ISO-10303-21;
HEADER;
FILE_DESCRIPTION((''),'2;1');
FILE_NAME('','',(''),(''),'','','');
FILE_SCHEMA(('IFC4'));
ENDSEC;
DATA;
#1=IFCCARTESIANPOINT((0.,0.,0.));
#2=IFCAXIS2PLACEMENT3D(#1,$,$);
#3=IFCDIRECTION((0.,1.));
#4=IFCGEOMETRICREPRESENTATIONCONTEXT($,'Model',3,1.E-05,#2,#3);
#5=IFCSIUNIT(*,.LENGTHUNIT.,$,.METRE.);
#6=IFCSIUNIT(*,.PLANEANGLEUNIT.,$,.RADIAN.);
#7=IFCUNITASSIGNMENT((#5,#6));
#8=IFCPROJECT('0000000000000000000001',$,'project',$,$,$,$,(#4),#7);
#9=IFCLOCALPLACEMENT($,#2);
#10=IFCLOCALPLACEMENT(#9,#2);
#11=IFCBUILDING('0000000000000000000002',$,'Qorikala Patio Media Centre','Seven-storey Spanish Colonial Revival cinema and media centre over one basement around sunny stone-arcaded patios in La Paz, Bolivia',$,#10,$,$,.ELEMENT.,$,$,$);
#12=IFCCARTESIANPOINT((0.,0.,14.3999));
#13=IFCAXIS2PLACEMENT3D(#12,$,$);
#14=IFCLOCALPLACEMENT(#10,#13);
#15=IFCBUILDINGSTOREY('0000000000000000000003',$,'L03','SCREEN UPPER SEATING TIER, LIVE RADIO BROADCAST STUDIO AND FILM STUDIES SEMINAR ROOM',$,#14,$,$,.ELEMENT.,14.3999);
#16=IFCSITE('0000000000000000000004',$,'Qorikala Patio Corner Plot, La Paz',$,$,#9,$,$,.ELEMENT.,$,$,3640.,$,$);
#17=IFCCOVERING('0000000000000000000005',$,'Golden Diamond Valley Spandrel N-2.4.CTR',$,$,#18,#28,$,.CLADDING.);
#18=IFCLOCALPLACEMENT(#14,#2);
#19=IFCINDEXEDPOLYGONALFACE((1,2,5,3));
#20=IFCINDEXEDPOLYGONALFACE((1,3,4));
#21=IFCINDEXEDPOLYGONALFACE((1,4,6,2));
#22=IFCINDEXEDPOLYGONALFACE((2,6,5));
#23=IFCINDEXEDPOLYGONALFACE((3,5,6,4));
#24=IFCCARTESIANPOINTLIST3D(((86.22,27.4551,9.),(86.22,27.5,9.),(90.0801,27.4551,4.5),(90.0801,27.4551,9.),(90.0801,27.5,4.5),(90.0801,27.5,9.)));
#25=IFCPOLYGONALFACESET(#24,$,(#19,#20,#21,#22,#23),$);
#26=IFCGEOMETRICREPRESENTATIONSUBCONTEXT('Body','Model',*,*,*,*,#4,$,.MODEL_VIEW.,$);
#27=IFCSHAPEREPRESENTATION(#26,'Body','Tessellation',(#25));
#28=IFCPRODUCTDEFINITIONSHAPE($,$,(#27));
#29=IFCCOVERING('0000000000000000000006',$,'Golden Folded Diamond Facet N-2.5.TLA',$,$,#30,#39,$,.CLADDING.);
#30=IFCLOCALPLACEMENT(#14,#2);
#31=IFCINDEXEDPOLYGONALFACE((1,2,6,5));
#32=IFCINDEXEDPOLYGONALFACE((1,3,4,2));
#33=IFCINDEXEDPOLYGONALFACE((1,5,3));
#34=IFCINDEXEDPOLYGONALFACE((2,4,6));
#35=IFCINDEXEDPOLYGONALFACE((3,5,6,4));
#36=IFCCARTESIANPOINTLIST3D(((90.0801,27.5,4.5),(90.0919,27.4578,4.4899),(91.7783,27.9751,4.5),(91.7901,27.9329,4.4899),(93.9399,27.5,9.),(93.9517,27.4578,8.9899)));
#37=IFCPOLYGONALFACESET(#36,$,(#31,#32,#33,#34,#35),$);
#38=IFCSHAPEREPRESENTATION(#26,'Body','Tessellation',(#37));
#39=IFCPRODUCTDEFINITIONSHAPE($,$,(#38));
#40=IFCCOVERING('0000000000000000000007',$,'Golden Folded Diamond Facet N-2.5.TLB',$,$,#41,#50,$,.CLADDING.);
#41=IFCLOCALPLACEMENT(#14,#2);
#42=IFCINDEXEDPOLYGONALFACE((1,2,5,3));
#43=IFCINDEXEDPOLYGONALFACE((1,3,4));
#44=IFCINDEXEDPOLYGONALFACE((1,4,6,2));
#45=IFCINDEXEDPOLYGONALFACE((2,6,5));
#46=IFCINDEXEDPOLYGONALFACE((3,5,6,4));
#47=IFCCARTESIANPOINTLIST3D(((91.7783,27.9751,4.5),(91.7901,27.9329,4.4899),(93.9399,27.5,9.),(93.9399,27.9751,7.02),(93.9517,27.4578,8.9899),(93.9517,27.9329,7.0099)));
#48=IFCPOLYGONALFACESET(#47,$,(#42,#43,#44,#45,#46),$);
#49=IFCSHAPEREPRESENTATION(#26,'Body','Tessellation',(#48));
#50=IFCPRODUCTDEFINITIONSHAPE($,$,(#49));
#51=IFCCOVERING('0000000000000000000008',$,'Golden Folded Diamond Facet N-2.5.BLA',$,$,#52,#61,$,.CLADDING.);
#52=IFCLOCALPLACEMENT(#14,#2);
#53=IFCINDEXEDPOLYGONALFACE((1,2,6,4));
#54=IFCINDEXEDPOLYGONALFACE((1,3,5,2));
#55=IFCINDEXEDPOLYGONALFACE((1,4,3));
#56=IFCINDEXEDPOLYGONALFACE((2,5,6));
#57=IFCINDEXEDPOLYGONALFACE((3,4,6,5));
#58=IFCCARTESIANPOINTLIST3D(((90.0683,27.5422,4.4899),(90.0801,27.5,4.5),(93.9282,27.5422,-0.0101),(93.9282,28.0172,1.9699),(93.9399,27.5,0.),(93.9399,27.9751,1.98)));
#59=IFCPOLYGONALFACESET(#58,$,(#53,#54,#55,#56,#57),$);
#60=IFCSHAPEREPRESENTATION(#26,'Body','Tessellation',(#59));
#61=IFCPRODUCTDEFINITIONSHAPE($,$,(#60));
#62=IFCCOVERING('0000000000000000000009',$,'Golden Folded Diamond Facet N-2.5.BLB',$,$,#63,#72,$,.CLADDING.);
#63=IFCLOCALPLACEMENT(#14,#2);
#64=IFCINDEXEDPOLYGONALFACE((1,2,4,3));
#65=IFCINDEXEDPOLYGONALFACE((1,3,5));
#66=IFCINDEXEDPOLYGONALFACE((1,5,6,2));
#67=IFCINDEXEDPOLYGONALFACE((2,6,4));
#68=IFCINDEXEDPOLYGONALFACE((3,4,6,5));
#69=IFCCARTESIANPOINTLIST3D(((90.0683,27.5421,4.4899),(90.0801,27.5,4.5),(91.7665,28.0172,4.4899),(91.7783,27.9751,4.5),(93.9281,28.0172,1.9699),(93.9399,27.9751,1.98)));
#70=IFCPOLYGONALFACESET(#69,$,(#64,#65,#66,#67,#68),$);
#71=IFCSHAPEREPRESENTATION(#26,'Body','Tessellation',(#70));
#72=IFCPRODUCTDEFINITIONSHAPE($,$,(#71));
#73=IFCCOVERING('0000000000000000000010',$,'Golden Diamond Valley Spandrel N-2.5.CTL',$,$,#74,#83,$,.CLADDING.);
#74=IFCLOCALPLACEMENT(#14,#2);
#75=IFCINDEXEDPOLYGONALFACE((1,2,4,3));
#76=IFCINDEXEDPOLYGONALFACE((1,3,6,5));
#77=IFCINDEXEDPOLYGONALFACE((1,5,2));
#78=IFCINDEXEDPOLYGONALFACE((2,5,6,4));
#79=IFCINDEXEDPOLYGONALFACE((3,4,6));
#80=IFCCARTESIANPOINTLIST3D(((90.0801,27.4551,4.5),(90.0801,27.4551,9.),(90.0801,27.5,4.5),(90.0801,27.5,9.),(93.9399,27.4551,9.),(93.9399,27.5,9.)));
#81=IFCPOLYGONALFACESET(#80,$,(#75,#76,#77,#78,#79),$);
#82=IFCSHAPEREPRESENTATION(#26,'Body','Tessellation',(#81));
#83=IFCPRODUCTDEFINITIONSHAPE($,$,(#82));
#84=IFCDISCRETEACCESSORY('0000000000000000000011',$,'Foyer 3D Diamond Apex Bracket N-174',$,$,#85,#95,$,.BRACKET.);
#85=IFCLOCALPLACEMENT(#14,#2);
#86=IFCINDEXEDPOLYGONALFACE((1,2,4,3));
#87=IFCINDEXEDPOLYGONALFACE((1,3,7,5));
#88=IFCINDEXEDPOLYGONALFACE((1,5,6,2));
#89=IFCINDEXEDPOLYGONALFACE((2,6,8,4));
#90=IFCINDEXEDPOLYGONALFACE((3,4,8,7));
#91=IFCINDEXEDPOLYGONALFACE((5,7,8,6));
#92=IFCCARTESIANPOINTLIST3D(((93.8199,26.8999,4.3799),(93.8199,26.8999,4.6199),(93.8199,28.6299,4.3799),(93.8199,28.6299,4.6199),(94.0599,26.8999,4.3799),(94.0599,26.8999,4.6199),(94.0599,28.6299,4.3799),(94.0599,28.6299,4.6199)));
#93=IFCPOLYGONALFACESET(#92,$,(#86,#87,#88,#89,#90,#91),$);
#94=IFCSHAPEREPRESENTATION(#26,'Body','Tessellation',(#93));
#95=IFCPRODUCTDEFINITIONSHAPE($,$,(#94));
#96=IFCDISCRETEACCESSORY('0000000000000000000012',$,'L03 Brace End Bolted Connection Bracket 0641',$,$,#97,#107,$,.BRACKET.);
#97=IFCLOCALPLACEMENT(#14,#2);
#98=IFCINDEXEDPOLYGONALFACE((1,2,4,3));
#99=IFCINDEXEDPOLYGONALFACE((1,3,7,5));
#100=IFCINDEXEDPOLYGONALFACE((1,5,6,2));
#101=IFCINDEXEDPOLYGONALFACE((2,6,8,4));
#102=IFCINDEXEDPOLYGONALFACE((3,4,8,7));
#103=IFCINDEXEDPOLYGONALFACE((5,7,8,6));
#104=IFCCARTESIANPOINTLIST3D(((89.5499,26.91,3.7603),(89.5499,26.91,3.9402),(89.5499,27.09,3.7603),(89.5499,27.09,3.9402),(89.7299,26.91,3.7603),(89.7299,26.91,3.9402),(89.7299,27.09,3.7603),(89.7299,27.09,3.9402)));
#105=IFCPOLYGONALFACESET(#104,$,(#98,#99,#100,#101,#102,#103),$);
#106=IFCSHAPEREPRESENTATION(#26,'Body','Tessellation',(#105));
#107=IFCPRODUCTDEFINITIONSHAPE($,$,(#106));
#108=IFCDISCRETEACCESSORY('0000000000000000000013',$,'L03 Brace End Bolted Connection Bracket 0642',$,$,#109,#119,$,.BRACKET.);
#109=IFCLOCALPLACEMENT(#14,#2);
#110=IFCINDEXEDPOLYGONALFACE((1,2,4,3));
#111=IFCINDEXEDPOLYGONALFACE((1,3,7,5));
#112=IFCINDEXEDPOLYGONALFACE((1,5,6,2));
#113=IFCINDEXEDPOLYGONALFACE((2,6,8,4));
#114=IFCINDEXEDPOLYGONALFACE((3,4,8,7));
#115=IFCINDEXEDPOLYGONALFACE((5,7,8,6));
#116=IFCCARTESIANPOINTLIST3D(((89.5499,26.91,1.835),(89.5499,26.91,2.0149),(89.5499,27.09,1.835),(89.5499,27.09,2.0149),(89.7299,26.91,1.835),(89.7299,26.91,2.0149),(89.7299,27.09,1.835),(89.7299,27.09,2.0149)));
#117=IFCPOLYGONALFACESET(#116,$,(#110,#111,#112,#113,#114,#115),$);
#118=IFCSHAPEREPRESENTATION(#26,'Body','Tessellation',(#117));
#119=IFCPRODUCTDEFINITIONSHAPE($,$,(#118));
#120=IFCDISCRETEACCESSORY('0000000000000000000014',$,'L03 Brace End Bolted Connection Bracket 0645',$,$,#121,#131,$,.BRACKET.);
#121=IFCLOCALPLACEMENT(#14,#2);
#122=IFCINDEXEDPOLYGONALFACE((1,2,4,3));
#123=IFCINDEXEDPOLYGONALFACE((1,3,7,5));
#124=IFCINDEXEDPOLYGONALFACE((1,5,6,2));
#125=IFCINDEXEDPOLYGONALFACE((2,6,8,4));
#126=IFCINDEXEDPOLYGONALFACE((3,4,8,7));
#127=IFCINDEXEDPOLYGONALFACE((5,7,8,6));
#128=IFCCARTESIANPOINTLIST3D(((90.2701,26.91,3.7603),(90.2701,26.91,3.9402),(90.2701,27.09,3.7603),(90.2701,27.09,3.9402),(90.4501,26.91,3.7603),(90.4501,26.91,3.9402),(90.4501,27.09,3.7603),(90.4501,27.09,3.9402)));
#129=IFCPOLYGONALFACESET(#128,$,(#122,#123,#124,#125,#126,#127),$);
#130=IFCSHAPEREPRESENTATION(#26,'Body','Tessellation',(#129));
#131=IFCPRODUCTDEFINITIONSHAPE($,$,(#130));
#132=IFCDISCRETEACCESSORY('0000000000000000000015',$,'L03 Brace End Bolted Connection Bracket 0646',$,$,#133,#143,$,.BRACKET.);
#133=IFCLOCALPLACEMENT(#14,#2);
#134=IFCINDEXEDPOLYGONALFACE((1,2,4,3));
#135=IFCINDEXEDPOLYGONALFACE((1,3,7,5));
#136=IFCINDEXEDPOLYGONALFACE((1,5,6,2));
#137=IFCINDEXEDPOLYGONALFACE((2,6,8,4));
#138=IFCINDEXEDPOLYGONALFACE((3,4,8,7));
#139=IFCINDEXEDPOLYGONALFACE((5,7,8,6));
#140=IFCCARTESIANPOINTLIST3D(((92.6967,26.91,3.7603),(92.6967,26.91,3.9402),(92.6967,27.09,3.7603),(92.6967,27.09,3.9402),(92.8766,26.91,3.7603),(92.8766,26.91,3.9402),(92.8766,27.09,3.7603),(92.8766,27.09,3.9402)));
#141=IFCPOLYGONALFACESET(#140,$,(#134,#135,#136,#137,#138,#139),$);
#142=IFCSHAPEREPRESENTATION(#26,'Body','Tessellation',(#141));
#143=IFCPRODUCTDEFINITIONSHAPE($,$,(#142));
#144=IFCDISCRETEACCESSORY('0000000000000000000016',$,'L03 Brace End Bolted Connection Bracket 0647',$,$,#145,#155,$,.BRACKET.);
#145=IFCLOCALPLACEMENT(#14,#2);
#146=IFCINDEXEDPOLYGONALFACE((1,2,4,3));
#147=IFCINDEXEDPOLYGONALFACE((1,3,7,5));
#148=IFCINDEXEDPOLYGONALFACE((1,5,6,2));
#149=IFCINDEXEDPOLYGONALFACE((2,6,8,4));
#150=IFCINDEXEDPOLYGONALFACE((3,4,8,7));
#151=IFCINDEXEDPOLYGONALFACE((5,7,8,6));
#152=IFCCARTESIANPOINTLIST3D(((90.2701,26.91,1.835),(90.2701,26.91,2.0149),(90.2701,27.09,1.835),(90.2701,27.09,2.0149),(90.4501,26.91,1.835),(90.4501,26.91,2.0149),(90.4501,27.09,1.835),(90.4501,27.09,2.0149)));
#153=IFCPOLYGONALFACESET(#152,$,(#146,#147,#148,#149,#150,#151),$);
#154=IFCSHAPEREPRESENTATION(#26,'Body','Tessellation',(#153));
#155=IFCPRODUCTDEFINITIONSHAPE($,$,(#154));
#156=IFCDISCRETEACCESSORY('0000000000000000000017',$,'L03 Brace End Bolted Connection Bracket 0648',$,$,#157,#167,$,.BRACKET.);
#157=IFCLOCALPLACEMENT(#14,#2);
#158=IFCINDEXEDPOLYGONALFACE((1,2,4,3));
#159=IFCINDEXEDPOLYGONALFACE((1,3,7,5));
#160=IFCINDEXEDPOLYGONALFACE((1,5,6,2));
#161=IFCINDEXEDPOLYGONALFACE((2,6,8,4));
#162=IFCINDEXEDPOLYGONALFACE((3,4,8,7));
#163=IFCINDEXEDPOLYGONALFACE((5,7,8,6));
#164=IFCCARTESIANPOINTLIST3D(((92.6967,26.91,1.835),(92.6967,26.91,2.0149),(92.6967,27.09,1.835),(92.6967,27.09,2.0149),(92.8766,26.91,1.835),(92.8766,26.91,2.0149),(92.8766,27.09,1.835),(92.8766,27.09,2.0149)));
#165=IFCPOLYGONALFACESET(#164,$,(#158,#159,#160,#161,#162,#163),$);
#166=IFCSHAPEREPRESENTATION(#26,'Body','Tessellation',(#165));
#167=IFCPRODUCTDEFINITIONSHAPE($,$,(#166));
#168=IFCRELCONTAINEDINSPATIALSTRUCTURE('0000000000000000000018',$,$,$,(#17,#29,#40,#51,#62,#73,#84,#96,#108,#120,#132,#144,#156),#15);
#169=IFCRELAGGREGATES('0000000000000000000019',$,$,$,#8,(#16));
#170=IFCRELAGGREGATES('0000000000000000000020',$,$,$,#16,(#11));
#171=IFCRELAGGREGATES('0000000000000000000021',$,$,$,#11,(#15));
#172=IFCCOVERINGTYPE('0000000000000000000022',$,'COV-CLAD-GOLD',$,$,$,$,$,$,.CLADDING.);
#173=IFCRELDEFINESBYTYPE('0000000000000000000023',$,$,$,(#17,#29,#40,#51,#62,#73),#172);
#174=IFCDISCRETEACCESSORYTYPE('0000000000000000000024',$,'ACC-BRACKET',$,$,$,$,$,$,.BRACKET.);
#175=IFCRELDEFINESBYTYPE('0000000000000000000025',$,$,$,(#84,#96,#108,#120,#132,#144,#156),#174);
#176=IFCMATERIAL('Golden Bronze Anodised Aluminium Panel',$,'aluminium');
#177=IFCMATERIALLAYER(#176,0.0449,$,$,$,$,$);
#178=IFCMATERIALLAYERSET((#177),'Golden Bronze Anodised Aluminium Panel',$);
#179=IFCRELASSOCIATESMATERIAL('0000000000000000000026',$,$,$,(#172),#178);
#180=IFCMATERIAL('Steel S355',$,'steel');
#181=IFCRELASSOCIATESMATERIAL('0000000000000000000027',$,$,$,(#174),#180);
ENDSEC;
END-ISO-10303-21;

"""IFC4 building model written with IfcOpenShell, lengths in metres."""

from ifc_helpers import new_model, si_unit, direction, frame, origin, origin_2d, place, context, subcontext, project, spatial, polyline, rectangle, outline, extrude, material, layer, layer_set, type_object, element, save


model = new_model("IFC4")

# Units and contexts
model_context = context("Model", 3, precision=1e-05, world=origin(), true_north=direction((0.0, 1.0)))
body_context = subcontext(model_context, "Body", "Model", "MODEL_VIEW")
ifc_project = project(units=[si_unit("LENGTHUNIT", "METRE"), si_unit("PLANEANGLEUNIT", "RADIAN")], contexts=[model_context])

# Site, building, storey
site_placement = place(None, origin())
site = spatial("IfcSite", under=ifc_project, at=site_placement, Name="Qorikala Patio Corner Plot, La Paz", CompositionType="ELEMENT", RefElevation=3640.0)
building_placement = place(site_placement, origin())
building = spatial("IfcBuilding", under=site, at=building_placement, Name="Qorikala Patio Media Centre", Description="Seven-storey Spanish Colonial Revival cinema and media centre over one basement around sunny stone-arcaded patios in La Paz, Bolivia", CompositionType="ELEMENT")
storey_placement = place(building_placement, frame((0.0, 0.0, 14.3999)))
storey = spatial("IfcBuildingStorey", under=building, at=storey_placement, Name="L03", Description="SCREEN UPPER SEATING TIER, LIVE RADIO BROADCAST STUDIO AND FILM STUDIES SEMINAR ROOM", CompositionType="ELEMENT", Elevation=14.3999)

# Coverings
ifc_material_1 = material(Name="Golden Bronze Anodised Aluminium Panel", Category="aluminium")
ifc_layer_1 = layer(ifc_material_1, 0.0449)
ifc_layer_set_1 = layer_set([ifc_layer_1], Name="Golden Bronze Anodised Aluminium Panel")
covering_type = type_object("IfcCoveringType", Name="COV-CLAD-GOLD", PredefinedType="CLADDING", material=ifc_layer_set_1)
covering_1_placement = place(storey_placement, frame((90.0801, 27.5, 9.0), z_axis=(0.0, 1.0, 0.0), x_axis=(0.0, 0.0, -1.0)))
element("IfcCovering", 1, at=covering_1_placement, inside=storey, type_object=covering_type, Name="Golden Diamond Valley Spandrel N-2.4.CTR", PredefinedType="CLADDING", context=body_context, shape_type="SweptSolid", body=[
    extrude(outline(polyline([(0.0, 0.0), (4.5, 0.0), (0.0, 3.8601), (0.0, 0.0)])), origin(), (0.0, 0.0, -1.0), 0.0449),
])
covering_2_placement = place(storey_placement, frame((93.9399, 27.5, 9.0), z_axis=(-0.262496, 0.938297, 0.225156), x_axis=(-0.651056, 0.0, -0.75903)))
element("IfcCovering", 2, at=covering_2_placement, inside=storey, type_object=covering_type, Name="Golden Folded Diamond Facet N-2.5.TLA", PredefinedType="CLADDING", context=body_context, shape_type="SweptSolid", body=[
    extrude(outline(polyline([(0.0, 0.0), (5.9286, 0.0), (4.823, -1.3738), (0.0, 0.0)])), origin(), (0.0, 0.0, -1.0), 0.0449),
])
covering_3_placement = place(storey_placement, frame((93.9399, 27.5, 9.0), z_axis=(-0.262476, 0.938304, 0.225147), x_axis=(-0.431047, 0.094739, -0.897342)))
element("IfcCovering", 3, at=covering_3_placement, inside=storey, type_object=covering_type, Name="Golden Folded Diamond Facet N-2.5.TLB", PredefinedType="CLADDING", context=body_context, shape_type="SweptSolid", body=[
    extrude(outline(polyline([(0.0, 0.0), (5.0148, 0.0), (1.8217, -0.9096), (0.0, 0.0)])), origin(), (0.0, 0.0, -1.0), 0.0449),
])
covering_4_placement = place(storey_placement, frame((90.0801, 27.5, 4.5), z_axis=(0.262485, -0.938302, 0.225146), x_axis=(0.651056, 0.0, -0.75903)))
element("IfcCovering", 4, at=covering_4_placement, inside=storey, type_object=covering_type, Name="Golden Folded Diamond Facet N-2.5.BLA", PredefinedType="CLADDING", context=body_context, shape_type="SweptSolid", body=[
    extrude(outline(polyline([(0.0, 0.0), (5.9286, 0.0), (4.4258, 1.3738), (0.0, 0.0)])), origin(), (0.0, 0.0, -1.0), 0.0449),
])
covering_5_placement = place(storey_placement, frame((90.0801, 27.5, 4.5), z_axis=(0.262496, -0.938295, 0.225164), x_axis=(0.832929, 0.102522, -0.543801)))
element("IfcCovering", 5, at=covering_5_placement, inside=storey, type_object=covering_type, Name="Golden Folded Diamond Facet N-2.5.BLB", PredefinedType="CLADDING", context=body_context, shape_type="SweptSolid", body=[
    extrude(outline(polyline([(0.0, 0.0), (4.6341, 0.0), (1.4632, 0.9842), (0.0, 0.0)])), origin(), (0.0, 0.0, -1.0), 0.0449),
])
covering_6_placement = place(storey_placement, frame((90.0801, 27.5, 9.0), z_axis=(0.0, 1.0, 0.0), x_axis=(1.0, 0.0, 0.0)))
element("IfcCovering", 6, at=covering_6_placement, inside=storey, type_object=covering_type, Name="Golden Diamond Valley Spandrel N-2.5.CTL", PredefinedType="CLADDING", context=body_context, shape_type="SweptSolid", body=[
    extrude(outline(polyline([(0.0, 0.0), (3.8599, 0.0), (0.0, 4.5), (0.0, 0.0)])), origin(), (0.0, 0.0, -1.0), 0.0449),
])

# Discrete accessories
ifc_material_2 = material(Name="Steel S355", Category="steel")
discrete_accessory_type = type_object("IfcDiscreteAccessoryType", Name="ACC-BRACKET", PredefinedType="BRACKET", material=ifc_material_2)
discrete_accessory_placement = place(storey_placement, frame((93.9399, 27.7649, 4.3799), z_axis=(0.0, 0.0, 1.0), x_axis=(1.0, 0.0, 0.0)))
element("IfcDiscreteAccessory", 7, at=discrete_accessory_placement, inside=storey, type_object=discrete_accessory_type, Name="Foyer 3D Diamond Apex Bracket N-174", PredefinedType="BRACKET", context=body_context, shape_type="SweptSolid", body=[
    extrude(rectangle(XDim=0.24, YDim=1.73, at=origin_2d()), origin(), (0.0, 0.0, 1.0), 0.24),
])
for number, where, z_axis, x_axis, name in (
    (8, (89.6399, 27.0, 3.7603), (0.0, 0.0, 1.0), (1.0, 0.0, 0.0), "L03 Brace End Bolted Connection Bracket 0641"),
    (9, (89.6399, 27.0, 1.835), (0.0, 0.0, 1.0), (1.0, 0.0, 0.0), "L03 Brace End Bolted Connection Bracket 0642"),
    (10, (90.3601, 27.0, 3.7603), (0.0, 0.0, 1.0), (1.0, 0.0, 0.0), "L03 Brace End Bolted Connection Bracket 0645"),
    (11, (92.7866, 27.0, 3.7603), (0.0, 0.0, 1.0), (1.0, 0.0, 0.0), "L03 Brace End Bolted Connection Bracket 0646"),
    (12, (90.3601, 27.0, 1.835), (0.0, 0.0, 1.0), (1.0, 0.0, 0.0), "L03 Brace End Bolted Connection Bracket 0647"),
    (13, (92.7866, 27.0, 1.835), (0.0, 0.0, 1.0), (1.0, 0.0, 0.0), "L03 Brace End Bolted Connection Bracket 0648"),
):
    element("IfcDiscreteAccessory", number, at=place(storey_placement, frame(where, z_axis=z_axis, x_axis=x_axis)), inside=storey, type_object=discrete_accessory_type, Name=name, PredefinedType="BRACKET", context=body_context, shape_type="SweptSolid", body=[
        extrude(rectangle(XDim=0.1799, YDim=0.1799, at=origin_2d()), origin(), (0.0, 0.0, 1.0), 0.1799),
    ])

save(model, "model.ifc")
